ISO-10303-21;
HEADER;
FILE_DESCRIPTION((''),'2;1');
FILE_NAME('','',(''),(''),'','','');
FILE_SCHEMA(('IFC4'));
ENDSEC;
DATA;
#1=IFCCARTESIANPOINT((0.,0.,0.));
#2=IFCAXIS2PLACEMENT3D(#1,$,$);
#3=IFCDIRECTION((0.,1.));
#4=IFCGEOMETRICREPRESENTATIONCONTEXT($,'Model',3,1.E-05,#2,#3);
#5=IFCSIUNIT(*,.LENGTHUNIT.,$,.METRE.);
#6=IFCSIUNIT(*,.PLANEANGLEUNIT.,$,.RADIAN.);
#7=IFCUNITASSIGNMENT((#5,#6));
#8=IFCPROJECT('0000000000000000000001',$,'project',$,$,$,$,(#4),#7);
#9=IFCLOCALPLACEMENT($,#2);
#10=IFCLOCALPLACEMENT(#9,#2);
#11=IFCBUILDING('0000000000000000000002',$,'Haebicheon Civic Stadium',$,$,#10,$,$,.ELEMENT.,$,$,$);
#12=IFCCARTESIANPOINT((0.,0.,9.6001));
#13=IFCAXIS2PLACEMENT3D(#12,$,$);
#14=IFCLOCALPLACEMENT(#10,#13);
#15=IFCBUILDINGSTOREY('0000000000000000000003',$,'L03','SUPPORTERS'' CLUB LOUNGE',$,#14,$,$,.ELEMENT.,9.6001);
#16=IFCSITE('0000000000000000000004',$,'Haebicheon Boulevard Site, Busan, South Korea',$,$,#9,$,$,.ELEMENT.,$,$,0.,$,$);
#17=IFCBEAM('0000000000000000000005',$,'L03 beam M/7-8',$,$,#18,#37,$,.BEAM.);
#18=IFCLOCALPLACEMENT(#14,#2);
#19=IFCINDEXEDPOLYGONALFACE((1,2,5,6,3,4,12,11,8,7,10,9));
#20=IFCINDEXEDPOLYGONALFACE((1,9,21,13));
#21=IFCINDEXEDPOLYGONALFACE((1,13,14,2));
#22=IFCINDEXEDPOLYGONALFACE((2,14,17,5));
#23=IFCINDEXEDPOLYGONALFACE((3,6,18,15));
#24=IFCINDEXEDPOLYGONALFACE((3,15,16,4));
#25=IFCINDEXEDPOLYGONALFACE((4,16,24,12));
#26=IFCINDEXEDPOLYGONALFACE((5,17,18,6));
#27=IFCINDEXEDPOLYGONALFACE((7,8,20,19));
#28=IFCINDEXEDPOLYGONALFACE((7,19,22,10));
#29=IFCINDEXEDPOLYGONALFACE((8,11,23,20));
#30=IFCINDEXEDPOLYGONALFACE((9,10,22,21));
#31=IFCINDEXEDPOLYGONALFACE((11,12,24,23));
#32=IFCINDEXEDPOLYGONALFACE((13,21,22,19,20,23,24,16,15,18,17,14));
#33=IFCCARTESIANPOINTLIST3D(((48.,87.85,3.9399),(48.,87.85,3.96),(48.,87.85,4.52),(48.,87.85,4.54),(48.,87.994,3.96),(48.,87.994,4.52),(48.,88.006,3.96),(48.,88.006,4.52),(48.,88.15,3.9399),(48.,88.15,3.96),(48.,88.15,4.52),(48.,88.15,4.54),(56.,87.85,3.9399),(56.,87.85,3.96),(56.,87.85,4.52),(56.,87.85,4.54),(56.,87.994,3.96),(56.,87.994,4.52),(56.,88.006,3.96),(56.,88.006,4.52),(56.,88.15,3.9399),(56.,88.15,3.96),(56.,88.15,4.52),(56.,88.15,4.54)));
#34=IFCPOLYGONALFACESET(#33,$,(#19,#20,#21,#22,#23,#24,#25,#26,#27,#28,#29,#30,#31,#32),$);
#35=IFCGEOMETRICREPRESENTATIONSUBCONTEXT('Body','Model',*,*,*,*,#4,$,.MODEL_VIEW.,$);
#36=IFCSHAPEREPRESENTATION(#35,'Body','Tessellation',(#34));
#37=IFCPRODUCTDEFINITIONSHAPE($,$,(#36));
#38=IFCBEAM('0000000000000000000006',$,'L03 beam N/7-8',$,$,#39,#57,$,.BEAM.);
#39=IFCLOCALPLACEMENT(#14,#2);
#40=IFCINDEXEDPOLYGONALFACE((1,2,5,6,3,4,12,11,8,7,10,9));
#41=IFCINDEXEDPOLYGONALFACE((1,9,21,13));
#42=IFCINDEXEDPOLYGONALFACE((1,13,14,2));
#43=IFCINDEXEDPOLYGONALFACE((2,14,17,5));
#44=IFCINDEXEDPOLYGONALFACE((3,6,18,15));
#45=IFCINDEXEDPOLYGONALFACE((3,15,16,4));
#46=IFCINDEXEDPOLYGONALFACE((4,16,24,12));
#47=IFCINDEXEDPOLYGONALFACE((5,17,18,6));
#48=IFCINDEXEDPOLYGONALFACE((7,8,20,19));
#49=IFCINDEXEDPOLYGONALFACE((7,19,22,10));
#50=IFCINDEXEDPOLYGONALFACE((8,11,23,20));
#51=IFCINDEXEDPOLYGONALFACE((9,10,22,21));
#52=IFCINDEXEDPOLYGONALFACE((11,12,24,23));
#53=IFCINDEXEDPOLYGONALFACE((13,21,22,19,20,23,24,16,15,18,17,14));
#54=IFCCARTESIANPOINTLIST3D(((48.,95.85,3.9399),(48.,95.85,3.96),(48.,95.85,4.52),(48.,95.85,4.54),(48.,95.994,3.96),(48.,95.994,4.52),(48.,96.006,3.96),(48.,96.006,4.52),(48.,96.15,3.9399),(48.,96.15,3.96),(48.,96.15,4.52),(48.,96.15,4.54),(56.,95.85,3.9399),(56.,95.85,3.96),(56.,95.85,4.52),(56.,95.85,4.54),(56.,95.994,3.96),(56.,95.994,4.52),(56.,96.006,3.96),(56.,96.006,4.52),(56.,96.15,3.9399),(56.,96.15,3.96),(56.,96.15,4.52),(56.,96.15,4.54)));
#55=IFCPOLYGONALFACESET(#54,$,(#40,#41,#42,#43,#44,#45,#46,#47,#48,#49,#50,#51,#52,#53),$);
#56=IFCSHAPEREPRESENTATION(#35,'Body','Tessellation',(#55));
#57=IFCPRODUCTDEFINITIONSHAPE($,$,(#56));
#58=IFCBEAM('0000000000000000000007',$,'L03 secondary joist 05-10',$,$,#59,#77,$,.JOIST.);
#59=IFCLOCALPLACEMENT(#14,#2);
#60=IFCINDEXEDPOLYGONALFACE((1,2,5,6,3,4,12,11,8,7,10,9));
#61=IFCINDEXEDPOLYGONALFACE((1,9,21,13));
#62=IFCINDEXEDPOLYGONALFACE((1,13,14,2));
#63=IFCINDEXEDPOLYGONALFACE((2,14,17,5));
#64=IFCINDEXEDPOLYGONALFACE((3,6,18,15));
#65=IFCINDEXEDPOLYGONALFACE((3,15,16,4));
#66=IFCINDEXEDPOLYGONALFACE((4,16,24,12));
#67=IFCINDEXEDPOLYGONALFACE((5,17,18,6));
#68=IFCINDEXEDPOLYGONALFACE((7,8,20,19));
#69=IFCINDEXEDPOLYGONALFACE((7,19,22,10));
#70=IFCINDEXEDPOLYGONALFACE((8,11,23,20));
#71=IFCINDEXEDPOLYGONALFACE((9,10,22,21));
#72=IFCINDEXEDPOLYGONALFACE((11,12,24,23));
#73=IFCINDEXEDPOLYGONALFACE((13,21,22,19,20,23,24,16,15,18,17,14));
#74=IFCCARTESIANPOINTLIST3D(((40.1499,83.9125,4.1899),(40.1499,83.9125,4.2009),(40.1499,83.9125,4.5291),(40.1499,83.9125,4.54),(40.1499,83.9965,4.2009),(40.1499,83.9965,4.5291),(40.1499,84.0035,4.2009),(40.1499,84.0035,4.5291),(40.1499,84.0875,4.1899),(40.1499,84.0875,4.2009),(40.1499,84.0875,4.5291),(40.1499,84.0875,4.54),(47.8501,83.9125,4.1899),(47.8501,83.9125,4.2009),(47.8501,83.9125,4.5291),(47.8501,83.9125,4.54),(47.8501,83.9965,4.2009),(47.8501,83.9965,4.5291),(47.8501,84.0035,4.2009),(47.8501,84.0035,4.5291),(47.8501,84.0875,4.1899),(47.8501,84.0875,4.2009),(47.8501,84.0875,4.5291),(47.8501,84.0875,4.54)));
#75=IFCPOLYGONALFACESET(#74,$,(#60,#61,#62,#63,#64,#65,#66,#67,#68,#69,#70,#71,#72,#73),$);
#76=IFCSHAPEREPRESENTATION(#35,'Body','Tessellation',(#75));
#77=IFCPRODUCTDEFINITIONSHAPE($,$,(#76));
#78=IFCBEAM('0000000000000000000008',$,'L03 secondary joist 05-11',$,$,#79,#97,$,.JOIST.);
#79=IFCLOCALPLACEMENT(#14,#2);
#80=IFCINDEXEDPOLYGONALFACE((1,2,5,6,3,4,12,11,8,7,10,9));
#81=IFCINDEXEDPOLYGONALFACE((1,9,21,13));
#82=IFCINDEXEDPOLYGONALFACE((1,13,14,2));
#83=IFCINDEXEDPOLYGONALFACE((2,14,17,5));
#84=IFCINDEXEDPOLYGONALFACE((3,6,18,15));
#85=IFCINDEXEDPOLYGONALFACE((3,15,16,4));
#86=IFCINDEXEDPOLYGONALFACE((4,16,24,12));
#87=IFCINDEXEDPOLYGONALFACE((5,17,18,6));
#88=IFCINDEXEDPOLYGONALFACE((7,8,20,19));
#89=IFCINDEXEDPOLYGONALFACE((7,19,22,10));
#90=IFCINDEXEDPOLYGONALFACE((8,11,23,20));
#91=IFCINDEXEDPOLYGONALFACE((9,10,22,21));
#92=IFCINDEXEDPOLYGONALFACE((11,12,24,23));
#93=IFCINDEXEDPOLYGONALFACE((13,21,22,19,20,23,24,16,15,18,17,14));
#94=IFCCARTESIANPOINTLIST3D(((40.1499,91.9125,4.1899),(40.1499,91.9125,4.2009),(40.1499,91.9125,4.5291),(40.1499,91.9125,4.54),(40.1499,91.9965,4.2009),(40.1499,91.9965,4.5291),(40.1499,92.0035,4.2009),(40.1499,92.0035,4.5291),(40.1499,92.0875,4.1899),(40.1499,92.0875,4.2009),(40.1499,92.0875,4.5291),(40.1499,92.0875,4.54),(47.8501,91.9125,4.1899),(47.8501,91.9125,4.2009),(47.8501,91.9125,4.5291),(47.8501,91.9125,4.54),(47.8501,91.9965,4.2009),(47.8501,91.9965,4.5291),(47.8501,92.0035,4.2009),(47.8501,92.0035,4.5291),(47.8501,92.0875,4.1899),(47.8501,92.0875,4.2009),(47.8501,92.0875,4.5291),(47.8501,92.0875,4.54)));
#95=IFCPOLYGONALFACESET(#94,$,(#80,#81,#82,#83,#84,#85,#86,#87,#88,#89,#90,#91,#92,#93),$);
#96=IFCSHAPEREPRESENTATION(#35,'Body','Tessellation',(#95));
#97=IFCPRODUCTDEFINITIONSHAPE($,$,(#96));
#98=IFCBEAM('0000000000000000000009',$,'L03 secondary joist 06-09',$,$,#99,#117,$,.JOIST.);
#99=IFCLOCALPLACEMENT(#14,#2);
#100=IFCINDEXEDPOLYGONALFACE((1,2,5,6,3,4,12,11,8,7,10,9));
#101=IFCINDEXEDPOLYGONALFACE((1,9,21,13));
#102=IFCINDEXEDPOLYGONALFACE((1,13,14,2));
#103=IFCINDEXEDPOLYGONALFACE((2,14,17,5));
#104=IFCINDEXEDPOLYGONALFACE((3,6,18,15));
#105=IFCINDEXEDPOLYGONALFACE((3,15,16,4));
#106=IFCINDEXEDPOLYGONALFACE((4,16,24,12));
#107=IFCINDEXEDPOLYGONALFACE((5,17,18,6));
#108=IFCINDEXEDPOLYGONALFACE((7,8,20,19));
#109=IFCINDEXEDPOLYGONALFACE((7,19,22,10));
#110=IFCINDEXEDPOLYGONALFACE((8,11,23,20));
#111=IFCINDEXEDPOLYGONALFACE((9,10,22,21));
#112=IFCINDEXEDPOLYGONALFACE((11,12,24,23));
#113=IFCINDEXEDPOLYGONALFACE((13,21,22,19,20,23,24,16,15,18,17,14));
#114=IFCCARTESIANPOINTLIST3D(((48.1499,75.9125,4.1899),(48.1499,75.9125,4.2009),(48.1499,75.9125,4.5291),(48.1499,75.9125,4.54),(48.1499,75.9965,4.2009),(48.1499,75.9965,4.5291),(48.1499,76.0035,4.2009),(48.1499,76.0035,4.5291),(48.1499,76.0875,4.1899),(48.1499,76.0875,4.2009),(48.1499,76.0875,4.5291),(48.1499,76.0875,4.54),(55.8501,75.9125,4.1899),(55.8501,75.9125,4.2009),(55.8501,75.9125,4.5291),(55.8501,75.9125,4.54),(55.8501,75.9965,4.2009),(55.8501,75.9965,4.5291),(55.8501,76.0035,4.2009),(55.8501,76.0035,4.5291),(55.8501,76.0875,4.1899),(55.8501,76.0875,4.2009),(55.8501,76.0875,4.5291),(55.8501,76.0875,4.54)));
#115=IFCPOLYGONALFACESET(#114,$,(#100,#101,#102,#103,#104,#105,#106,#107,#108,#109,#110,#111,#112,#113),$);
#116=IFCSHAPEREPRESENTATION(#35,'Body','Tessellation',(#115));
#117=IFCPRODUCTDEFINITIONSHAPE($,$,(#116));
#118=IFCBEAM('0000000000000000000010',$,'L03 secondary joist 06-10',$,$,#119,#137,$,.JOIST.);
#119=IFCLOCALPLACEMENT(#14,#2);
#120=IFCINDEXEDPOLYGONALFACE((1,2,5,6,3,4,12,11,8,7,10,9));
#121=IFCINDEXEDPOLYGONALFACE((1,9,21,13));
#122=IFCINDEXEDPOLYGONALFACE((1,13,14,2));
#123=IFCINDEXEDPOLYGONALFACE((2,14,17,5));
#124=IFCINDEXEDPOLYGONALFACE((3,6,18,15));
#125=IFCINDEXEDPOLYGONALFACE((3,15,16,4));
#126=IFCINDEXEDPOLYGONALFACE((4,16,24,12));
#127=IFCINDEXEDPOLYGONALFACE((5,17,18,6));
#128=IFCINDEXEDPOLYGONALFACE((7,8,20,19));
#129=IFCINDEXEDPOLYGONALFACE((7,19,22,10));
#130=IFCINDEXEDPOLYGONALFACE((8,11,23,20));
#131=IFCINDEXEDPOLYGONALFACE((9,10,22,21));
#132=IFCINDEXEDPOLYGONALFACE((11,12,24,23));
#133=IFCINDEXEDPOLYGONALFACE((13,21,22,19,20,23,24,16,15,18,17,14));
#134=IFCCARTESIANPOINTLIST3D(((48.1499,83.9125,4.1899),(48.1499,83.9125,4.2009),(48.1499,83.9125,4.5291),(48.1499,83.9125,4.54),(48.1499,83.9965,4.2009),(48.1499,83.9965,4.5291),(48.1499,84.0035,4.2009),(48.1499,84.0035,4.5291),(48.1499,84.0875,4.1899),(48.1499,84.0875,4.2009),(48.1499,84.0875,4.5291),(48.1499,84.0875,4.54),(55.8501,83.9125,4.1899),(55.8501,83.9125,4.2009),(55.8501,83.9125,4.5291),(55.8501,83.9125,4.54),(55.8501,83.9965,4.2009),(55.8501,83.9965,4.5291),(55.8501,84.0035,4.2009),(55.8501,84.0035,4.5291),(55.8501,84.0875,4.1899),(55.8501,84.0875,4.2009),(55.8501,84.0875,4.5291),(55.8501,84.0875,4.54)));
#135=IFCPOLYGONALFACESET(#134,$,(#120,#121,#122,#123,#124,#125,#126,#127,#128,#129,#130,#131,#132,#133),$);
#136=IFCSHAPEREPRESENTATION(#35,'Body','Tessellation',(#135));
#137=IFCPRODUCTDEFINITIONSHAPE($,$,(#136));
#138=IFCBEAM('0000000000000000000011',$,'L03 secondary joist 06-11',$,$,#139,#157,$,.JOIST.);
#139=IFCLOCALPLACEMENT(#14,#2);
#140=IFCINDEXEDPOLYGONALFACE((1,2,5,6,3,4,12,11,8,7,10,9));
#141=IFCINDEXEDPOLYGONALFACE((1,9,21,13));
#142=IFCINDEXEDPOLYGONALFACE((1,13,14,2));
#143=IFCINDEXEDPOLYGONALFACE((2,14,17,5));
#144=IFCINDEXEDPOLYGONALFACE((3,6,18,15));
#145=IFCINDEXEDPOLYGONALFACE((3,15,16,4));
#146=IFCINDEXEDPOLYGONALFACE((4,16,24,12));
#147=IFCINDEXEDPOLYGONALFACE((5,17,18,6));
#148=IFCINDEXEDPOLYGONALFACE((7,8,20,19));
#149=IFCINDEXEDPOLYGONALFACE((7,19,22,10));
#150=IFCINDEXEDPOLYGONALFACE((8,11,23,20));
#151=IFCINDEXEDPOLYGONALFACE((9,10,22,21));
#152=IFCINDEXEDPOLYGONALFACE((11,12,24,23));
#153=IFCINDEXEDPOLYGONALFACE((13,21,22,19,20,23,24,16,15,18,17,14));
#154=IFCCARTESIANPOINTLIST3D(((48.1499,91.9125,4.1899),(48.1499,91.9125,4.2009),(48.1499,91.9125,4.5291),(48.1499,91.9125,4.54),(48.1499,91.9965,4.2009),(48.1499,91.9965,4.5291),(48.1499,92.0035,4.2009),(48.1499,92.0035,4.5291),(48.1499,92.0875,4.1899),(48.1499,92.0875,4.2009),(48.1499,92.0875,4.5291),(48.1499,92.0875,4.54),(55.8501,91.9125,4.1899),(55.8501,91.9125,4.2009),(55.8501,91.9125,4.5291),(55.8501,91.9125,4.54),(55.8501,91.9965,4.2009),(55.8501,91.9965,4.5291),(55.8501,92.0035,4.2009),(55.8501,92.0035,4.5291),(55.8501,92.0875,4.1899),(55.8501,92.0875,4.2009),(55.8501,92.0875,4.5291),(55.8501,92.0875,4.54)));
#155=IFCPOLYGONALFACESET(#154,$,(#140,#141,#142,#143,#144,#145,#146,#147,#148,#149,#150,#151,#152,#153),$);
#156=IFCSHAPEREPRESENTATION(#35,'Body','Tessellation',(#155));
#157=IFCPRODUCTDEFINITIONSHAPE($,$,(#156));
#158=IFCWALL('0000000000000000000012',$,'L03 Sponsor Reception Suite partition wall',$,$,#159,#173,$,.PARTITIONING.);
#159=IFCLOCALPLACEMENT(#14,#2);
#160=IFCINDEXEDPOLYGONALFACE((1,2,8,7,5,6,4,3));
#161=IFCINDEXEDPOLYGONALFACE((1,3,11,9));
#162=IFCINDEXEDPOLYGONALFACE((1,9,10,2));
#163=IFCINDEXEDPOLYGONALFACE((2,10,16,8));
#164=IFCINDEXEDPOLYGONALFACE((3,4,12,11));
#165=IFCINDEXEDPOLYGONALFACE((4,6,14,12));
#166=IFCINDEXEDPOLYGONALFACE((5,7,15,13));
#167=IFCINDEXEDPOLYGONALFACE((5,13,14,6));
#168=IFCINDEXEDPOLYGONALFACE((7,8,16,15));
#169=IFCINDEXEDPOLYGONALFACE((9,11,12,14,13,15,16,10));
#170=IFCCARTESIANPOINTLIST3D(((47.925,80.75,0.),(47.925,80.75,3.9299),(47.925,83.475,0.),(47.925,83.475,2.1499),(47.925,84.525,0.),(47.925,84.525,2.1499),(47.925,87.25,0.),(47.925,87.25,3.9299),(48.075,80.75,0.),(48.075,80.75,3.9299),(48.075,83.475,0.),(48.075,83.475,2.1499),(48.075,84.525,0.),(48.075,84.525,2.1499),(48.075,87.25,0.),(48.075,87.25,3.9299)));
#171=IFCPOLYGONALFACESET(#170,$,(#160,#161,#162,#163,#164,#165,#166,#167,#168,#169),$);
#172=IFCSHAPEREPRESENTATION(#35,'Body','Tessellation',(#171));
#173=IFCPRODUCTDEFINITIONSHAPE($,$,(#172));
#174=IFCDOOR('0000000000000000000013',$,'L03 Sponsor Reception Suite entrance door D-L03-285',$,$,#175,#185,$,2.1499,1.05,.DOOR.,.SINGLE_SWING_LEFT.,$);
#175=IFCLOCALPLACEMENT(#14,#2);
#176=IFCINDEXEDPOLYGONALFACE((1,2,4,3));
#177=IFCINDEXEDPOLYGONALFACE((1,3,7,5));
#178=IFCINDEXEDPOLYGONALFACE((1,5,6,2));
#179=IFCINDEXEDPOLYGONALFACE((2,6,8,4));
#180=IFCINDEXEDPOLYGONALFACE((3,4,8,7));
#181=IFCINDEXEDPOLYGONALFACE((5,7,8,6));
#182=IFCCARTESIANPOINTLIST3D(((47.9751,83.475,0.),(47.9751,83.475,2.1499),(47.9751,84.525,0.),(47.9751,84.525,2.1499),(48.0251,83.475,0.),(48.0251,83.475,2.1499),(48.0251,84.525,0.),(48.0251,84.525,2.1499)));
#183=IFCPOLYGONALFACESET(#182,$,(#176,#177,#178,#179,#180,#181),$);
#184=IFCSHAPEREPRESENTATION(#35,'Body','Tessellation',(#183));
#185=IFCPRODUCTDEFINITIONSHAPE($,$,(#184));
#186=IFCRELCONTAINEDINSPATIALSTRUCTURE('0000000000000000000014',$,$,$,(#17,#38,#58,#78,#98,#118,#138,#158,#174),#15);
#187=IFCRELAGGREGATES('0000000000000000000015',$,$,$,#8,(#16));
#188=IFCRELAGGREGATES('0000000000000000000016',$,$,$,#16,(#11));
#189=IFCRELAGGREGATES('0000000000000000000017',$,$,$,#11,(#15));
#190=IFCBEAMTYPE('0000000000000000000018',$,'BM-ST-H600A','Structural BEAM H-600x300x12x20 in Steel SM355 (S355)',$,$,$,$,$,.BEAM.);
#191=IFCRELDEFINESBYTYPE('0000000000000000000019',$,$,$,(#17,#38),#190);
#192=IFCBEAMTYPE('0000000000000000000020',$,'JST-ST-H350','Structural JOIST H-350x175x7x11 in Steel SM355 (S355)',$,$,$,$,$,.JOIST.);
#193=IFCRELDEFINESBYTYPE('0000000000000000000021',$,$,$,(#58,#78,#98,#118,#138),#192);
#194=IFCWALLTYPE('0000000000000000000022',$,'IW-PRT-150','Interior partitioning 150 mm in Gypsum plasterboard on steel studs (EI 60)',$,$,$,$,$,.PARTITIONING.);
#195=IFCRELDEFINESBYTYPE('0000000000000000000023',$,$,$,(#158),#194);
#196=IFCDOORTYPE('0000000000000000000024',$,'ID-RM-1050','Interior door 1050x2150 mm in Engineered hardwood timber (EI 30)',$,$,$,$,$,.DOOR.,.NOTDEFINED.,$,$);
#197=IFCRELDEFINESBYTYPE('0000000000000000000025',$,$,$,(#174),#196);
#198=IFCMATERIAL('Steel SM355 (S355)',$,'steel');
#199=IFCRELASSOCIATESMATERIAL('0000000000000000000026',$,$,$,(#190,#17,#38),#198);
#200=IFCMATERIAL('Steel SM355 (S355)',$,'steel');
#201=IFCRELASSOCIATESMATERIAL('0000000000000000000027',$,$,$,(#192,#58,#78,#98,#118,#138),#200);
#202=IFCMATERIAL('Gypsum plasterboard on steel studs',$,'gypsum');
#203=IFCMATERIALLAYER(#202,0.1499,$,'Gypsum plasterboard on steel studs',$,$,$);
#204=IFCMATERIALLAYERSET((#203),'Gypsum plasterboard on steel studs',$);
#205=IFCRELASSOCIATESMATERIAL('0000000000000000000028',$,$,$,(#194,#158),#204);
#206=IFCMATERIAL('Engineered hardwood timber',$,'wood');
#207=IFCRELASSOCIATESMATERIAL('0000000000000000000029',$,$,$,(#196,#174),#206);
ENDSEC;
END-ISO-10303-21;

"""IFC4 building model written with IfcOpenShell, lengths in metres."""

from ifc_helpers import new_model, si_unit, direction, frame, frame_2d, origin, origin_2d, place, context, subcontext, project, spatial, rectangle, i_section, extrude, material, layer, layer_set, material_profile, profile_set, type_object, element, fill, save


model = new_model("IFC4")

# Units and contexts
model_context = context("Model", 3, precision=1e-05, world=origin(), true_north=direction((0.0, 1.0)))
body_context = subcontext(model_context, "Body", "Model", "MODEL_VIEW")
ifc_project = project(units=[si_unit("LENGTHUNIT", "METRE"), si_unit("PLANEANGLEUNIT", "RADIAN")], contexts=[model_context])

# Site, building, storey
site_placement = place(None, origin())
site = spatial("IfcSite", under=ifc_project, at=site_placement, Name="Haebicheon Boulevard Site, Busan, South Korea", CompositionType="ELEMENT", RefElevation=0.0)
building_placement = place(site_placement, origin())
building = spatial("IfcBuilding", under=site, at=building_placement, Name="Haebicheon Civic Stadium", CompositionType="ELEMENT")
storey_placement = place(building_placement, frame((0.0, 0.0, 9.6001)))
storey = spatial("IfcBuildingStorey", under=building, at=storey_placement, Name="L03", Description="SUPPORTERS' CLUB LOUNGE", CompositionType="ELEMENT", Elevation=9.6001)

# Beams
ifc_material_1 = material(Name="Steel SM355 (S355)", Category="steel")
ifc_material_profile_1 = material_profile(ifc_material_1, i_section(OverallWidth=0.3, OverallDepth=0.6001, WebThickness=0.012, FlangeThickness=0.02, at=origin_2d()), Name="H-600x300x12x20")
ifc_profile_set_1 = profile_set([ifc_material_profile_1], Name="Steel SM355 (S355)")
beam_type_1 = type_object("IfcBeamType", Name="BM-ST-H600A", Description="Structural BEAM H-600x300x12x20 in Steel SM355 (S355)", PredefinedType="BEAM", material=ifc_profile_set_1)
for number, where, z_axis, x_axis, name in (
    (1, (48.0, 88.0, 4.24), (1.0, 0.0, 0.0), (0.0, 1.0, 0.0), "L03 beam M/7-8"),
    (2, (48.0, 96.0, 4.24), (1.0, 0.0, 0.0), (0.0, 1.0, 0.0), "L03 beam N/7-8"),
):
    element("IfcBeam", number, at=place(storey_placement, frame(where, z_axis=z_axis, x_axis=x_axis)), inside=storey, type_object=beam_type_1, material=ifc_profile_set_1, Name=name, PredefinedType="BEAM", context=body_context, shape_type="SweptSolid", body=[
        extrude(i_section(OverallWidth=0.3, OverallDepth=0.6001, WebThickness=0.012, FlangeThickness=0.02, at=origin_2d()), origin(), (0.0, 0.0, 1.0), 8.0),
    ])
ifc_material_2 = material(Name="Steel SM355 (S355)", Category="steel")
ifc_material_profile_2 = material_profile(ifc_material_2, i_section(OverallWidth=0.175, OverallDepth=0.3501, WebThickness=0.0071, FlangeThickness=0.011, at=origin_2d()), Name="H-350x175x7x11")
ifc_profile_set_2 = profile_set([ifc_material_profile_2], Name="Steel SM355 (S355)")
beam_type_2 = type_object("IfcBeamType", Name="JST-ST-H350", Description="Structural JOIST H-350x175x7x11 in Steel SM355 (S355)", PredefinedType="JOIST", material=ifc_profile_set_2)
for number, where, z_axis, x_axis, name in (
    (3, (40.1499, 84.0, 4.365), (1.0, 0.0, 0.0), (0.0, 1.0, 0.0), "L03 secondary joist 05-10"),
    (4, (40.1499, 92.0, 4.365), (1.0, 0.0, 0.0), (0.0, 1.0, 0.0), "L03 secondary joist 05-11"),
    (5, (48.1499, 76.0, 4.365), (1.0, 0.0, 0.0), (0.0, 1.0, 0.0), "L03 secondary joist 06-09"),
    (6, (48.1499, 84.0, 4.365), (1.0, 0.0, 0.0), (0.0, 1.0, 0.0), "L03 secondary joist 06-10"),
    (7, (48.1499, 92.0, 4.365), (1.0, 0.0, 0.0), (0.0, 1.0, 0.0), "L03 secondary joist 06-11"),
):
    element("IfcBeam", number, at=place(storey_placement, frame(where, z_axis=z_axis, x_axis=x_axis)), inside=storey, type_object=beam_type_2, material=ifc_profile_set_2, Name=name, PredefinedType="JOIST", context=body_context, shape_type="SweptSolid", body=[
        extrude(i_section(OverallWidth=0.175, OverallDepth=0.3501, WebThickness=0.0071, FlangeThickness=0.011, at=origin_2d()), origin(), (0.0, 0.0, 1.0), 7.7002),
    ])

# Wall, opening, door
ifc_material_3 = material(Name="Gypsum plasterboard on steel studs", Category="gypsum")
ifc_layer = layer(ifc_material_3, 0.1499, Name="Gypsum plasterboard on steel studs")
ifc_layer_set = layer_set([ifc_layer], Name="Gypsum plasterboard on steel studs")
wall_type = type_object("IfcWallType", Name="IW-PRT-150", Description="Interior partitioning 150 mm in Gypsum plasterboard on steel studs (EI 60)", PredefinedType="PARTITIONING", material=ifc_layer_set)
wall_1_placement = place(storey_placement, frame((48.0, 80.75, 0.0), z_axis=(0.0, 0.0, 1.0), x_axis=(0.0, 1.0, 0.0)))
wall_1 = element("IfcWall", 8, at=wall_1_placement, inside=storey, type_object=wall_type, material=ifc_layer_set, Name="L03 Sponsor Reception Suite partition wall", PredefinedType="PARTITIONING", context=body_context, shape_type="SweptSolid", body=[
    extrude(rectangle(XDim=6.5, YDim=0.1499, at=frame_2d((3.25, 0.0))), origin(), (0.0, 0.0, 1.0), 3.9299),
])
opening_1_placement = place(wall_1_placement, frame((2.7251, 0.0, 0.0)))
opening_1 = element("IfcOpeningElement", 9, at=opening_1_placement, cuts=wall_1, PredefinedType="OPENING", context=body_context, shape_type="SweptSolid", body=[
    extrude(rectangle(XDim=1.05, YDim=2.1499, at=frame_2d((0.5249, 1.075))), frame((0.0, 0.085, 0.0), z_axis=(0.0, -1.0, 0.0), x_axis=(1.0, 0.0, 0.0)), (0.0, 0.0, 1.0), 0.1699),
])
ifc_material_4 = material(Name="Engineered hardwood timber", Category="wood")
door_type_1 = type_object("IfcDoorType", Name="ID-RM-1050", Description="Interior door 1050x2150 mm in Engineered hardwood timber (EI 30)", OperationType="NOTDEFINED", PredefinedType="DOOR", material=ifc_material_4)
door_1_placement = place(opening_1_placement, origin())
door_1 = element("IfcDoor", 10, at=door_1_placement, inside=storey, type_object=door_type_1, material=ifc_material_4, Name="L03 Sponsor Reception Suite entrance door D-L03-285", OperationType="SINGLE_SWING_LEFT", OverallHeight=2.1499, OverallWidth=1.05, PredefinedType="DOOR", context=body_context, shape_type="SweptSolid", body=[
    extrude(rectangle(XDim=1.05, YDim=2.1499, at=frame_2d((0.5249, 1.075))), frame((0.0, 0.0249, 0.0), z_axis=(0.0, -1.0, 0.0), x_axis=(1.0, 0.0, 0.0)), (0.0, 0.0, 1.0), 0.05),
])
fill(opening_1, door_1)

save(model, "model.ifc")
